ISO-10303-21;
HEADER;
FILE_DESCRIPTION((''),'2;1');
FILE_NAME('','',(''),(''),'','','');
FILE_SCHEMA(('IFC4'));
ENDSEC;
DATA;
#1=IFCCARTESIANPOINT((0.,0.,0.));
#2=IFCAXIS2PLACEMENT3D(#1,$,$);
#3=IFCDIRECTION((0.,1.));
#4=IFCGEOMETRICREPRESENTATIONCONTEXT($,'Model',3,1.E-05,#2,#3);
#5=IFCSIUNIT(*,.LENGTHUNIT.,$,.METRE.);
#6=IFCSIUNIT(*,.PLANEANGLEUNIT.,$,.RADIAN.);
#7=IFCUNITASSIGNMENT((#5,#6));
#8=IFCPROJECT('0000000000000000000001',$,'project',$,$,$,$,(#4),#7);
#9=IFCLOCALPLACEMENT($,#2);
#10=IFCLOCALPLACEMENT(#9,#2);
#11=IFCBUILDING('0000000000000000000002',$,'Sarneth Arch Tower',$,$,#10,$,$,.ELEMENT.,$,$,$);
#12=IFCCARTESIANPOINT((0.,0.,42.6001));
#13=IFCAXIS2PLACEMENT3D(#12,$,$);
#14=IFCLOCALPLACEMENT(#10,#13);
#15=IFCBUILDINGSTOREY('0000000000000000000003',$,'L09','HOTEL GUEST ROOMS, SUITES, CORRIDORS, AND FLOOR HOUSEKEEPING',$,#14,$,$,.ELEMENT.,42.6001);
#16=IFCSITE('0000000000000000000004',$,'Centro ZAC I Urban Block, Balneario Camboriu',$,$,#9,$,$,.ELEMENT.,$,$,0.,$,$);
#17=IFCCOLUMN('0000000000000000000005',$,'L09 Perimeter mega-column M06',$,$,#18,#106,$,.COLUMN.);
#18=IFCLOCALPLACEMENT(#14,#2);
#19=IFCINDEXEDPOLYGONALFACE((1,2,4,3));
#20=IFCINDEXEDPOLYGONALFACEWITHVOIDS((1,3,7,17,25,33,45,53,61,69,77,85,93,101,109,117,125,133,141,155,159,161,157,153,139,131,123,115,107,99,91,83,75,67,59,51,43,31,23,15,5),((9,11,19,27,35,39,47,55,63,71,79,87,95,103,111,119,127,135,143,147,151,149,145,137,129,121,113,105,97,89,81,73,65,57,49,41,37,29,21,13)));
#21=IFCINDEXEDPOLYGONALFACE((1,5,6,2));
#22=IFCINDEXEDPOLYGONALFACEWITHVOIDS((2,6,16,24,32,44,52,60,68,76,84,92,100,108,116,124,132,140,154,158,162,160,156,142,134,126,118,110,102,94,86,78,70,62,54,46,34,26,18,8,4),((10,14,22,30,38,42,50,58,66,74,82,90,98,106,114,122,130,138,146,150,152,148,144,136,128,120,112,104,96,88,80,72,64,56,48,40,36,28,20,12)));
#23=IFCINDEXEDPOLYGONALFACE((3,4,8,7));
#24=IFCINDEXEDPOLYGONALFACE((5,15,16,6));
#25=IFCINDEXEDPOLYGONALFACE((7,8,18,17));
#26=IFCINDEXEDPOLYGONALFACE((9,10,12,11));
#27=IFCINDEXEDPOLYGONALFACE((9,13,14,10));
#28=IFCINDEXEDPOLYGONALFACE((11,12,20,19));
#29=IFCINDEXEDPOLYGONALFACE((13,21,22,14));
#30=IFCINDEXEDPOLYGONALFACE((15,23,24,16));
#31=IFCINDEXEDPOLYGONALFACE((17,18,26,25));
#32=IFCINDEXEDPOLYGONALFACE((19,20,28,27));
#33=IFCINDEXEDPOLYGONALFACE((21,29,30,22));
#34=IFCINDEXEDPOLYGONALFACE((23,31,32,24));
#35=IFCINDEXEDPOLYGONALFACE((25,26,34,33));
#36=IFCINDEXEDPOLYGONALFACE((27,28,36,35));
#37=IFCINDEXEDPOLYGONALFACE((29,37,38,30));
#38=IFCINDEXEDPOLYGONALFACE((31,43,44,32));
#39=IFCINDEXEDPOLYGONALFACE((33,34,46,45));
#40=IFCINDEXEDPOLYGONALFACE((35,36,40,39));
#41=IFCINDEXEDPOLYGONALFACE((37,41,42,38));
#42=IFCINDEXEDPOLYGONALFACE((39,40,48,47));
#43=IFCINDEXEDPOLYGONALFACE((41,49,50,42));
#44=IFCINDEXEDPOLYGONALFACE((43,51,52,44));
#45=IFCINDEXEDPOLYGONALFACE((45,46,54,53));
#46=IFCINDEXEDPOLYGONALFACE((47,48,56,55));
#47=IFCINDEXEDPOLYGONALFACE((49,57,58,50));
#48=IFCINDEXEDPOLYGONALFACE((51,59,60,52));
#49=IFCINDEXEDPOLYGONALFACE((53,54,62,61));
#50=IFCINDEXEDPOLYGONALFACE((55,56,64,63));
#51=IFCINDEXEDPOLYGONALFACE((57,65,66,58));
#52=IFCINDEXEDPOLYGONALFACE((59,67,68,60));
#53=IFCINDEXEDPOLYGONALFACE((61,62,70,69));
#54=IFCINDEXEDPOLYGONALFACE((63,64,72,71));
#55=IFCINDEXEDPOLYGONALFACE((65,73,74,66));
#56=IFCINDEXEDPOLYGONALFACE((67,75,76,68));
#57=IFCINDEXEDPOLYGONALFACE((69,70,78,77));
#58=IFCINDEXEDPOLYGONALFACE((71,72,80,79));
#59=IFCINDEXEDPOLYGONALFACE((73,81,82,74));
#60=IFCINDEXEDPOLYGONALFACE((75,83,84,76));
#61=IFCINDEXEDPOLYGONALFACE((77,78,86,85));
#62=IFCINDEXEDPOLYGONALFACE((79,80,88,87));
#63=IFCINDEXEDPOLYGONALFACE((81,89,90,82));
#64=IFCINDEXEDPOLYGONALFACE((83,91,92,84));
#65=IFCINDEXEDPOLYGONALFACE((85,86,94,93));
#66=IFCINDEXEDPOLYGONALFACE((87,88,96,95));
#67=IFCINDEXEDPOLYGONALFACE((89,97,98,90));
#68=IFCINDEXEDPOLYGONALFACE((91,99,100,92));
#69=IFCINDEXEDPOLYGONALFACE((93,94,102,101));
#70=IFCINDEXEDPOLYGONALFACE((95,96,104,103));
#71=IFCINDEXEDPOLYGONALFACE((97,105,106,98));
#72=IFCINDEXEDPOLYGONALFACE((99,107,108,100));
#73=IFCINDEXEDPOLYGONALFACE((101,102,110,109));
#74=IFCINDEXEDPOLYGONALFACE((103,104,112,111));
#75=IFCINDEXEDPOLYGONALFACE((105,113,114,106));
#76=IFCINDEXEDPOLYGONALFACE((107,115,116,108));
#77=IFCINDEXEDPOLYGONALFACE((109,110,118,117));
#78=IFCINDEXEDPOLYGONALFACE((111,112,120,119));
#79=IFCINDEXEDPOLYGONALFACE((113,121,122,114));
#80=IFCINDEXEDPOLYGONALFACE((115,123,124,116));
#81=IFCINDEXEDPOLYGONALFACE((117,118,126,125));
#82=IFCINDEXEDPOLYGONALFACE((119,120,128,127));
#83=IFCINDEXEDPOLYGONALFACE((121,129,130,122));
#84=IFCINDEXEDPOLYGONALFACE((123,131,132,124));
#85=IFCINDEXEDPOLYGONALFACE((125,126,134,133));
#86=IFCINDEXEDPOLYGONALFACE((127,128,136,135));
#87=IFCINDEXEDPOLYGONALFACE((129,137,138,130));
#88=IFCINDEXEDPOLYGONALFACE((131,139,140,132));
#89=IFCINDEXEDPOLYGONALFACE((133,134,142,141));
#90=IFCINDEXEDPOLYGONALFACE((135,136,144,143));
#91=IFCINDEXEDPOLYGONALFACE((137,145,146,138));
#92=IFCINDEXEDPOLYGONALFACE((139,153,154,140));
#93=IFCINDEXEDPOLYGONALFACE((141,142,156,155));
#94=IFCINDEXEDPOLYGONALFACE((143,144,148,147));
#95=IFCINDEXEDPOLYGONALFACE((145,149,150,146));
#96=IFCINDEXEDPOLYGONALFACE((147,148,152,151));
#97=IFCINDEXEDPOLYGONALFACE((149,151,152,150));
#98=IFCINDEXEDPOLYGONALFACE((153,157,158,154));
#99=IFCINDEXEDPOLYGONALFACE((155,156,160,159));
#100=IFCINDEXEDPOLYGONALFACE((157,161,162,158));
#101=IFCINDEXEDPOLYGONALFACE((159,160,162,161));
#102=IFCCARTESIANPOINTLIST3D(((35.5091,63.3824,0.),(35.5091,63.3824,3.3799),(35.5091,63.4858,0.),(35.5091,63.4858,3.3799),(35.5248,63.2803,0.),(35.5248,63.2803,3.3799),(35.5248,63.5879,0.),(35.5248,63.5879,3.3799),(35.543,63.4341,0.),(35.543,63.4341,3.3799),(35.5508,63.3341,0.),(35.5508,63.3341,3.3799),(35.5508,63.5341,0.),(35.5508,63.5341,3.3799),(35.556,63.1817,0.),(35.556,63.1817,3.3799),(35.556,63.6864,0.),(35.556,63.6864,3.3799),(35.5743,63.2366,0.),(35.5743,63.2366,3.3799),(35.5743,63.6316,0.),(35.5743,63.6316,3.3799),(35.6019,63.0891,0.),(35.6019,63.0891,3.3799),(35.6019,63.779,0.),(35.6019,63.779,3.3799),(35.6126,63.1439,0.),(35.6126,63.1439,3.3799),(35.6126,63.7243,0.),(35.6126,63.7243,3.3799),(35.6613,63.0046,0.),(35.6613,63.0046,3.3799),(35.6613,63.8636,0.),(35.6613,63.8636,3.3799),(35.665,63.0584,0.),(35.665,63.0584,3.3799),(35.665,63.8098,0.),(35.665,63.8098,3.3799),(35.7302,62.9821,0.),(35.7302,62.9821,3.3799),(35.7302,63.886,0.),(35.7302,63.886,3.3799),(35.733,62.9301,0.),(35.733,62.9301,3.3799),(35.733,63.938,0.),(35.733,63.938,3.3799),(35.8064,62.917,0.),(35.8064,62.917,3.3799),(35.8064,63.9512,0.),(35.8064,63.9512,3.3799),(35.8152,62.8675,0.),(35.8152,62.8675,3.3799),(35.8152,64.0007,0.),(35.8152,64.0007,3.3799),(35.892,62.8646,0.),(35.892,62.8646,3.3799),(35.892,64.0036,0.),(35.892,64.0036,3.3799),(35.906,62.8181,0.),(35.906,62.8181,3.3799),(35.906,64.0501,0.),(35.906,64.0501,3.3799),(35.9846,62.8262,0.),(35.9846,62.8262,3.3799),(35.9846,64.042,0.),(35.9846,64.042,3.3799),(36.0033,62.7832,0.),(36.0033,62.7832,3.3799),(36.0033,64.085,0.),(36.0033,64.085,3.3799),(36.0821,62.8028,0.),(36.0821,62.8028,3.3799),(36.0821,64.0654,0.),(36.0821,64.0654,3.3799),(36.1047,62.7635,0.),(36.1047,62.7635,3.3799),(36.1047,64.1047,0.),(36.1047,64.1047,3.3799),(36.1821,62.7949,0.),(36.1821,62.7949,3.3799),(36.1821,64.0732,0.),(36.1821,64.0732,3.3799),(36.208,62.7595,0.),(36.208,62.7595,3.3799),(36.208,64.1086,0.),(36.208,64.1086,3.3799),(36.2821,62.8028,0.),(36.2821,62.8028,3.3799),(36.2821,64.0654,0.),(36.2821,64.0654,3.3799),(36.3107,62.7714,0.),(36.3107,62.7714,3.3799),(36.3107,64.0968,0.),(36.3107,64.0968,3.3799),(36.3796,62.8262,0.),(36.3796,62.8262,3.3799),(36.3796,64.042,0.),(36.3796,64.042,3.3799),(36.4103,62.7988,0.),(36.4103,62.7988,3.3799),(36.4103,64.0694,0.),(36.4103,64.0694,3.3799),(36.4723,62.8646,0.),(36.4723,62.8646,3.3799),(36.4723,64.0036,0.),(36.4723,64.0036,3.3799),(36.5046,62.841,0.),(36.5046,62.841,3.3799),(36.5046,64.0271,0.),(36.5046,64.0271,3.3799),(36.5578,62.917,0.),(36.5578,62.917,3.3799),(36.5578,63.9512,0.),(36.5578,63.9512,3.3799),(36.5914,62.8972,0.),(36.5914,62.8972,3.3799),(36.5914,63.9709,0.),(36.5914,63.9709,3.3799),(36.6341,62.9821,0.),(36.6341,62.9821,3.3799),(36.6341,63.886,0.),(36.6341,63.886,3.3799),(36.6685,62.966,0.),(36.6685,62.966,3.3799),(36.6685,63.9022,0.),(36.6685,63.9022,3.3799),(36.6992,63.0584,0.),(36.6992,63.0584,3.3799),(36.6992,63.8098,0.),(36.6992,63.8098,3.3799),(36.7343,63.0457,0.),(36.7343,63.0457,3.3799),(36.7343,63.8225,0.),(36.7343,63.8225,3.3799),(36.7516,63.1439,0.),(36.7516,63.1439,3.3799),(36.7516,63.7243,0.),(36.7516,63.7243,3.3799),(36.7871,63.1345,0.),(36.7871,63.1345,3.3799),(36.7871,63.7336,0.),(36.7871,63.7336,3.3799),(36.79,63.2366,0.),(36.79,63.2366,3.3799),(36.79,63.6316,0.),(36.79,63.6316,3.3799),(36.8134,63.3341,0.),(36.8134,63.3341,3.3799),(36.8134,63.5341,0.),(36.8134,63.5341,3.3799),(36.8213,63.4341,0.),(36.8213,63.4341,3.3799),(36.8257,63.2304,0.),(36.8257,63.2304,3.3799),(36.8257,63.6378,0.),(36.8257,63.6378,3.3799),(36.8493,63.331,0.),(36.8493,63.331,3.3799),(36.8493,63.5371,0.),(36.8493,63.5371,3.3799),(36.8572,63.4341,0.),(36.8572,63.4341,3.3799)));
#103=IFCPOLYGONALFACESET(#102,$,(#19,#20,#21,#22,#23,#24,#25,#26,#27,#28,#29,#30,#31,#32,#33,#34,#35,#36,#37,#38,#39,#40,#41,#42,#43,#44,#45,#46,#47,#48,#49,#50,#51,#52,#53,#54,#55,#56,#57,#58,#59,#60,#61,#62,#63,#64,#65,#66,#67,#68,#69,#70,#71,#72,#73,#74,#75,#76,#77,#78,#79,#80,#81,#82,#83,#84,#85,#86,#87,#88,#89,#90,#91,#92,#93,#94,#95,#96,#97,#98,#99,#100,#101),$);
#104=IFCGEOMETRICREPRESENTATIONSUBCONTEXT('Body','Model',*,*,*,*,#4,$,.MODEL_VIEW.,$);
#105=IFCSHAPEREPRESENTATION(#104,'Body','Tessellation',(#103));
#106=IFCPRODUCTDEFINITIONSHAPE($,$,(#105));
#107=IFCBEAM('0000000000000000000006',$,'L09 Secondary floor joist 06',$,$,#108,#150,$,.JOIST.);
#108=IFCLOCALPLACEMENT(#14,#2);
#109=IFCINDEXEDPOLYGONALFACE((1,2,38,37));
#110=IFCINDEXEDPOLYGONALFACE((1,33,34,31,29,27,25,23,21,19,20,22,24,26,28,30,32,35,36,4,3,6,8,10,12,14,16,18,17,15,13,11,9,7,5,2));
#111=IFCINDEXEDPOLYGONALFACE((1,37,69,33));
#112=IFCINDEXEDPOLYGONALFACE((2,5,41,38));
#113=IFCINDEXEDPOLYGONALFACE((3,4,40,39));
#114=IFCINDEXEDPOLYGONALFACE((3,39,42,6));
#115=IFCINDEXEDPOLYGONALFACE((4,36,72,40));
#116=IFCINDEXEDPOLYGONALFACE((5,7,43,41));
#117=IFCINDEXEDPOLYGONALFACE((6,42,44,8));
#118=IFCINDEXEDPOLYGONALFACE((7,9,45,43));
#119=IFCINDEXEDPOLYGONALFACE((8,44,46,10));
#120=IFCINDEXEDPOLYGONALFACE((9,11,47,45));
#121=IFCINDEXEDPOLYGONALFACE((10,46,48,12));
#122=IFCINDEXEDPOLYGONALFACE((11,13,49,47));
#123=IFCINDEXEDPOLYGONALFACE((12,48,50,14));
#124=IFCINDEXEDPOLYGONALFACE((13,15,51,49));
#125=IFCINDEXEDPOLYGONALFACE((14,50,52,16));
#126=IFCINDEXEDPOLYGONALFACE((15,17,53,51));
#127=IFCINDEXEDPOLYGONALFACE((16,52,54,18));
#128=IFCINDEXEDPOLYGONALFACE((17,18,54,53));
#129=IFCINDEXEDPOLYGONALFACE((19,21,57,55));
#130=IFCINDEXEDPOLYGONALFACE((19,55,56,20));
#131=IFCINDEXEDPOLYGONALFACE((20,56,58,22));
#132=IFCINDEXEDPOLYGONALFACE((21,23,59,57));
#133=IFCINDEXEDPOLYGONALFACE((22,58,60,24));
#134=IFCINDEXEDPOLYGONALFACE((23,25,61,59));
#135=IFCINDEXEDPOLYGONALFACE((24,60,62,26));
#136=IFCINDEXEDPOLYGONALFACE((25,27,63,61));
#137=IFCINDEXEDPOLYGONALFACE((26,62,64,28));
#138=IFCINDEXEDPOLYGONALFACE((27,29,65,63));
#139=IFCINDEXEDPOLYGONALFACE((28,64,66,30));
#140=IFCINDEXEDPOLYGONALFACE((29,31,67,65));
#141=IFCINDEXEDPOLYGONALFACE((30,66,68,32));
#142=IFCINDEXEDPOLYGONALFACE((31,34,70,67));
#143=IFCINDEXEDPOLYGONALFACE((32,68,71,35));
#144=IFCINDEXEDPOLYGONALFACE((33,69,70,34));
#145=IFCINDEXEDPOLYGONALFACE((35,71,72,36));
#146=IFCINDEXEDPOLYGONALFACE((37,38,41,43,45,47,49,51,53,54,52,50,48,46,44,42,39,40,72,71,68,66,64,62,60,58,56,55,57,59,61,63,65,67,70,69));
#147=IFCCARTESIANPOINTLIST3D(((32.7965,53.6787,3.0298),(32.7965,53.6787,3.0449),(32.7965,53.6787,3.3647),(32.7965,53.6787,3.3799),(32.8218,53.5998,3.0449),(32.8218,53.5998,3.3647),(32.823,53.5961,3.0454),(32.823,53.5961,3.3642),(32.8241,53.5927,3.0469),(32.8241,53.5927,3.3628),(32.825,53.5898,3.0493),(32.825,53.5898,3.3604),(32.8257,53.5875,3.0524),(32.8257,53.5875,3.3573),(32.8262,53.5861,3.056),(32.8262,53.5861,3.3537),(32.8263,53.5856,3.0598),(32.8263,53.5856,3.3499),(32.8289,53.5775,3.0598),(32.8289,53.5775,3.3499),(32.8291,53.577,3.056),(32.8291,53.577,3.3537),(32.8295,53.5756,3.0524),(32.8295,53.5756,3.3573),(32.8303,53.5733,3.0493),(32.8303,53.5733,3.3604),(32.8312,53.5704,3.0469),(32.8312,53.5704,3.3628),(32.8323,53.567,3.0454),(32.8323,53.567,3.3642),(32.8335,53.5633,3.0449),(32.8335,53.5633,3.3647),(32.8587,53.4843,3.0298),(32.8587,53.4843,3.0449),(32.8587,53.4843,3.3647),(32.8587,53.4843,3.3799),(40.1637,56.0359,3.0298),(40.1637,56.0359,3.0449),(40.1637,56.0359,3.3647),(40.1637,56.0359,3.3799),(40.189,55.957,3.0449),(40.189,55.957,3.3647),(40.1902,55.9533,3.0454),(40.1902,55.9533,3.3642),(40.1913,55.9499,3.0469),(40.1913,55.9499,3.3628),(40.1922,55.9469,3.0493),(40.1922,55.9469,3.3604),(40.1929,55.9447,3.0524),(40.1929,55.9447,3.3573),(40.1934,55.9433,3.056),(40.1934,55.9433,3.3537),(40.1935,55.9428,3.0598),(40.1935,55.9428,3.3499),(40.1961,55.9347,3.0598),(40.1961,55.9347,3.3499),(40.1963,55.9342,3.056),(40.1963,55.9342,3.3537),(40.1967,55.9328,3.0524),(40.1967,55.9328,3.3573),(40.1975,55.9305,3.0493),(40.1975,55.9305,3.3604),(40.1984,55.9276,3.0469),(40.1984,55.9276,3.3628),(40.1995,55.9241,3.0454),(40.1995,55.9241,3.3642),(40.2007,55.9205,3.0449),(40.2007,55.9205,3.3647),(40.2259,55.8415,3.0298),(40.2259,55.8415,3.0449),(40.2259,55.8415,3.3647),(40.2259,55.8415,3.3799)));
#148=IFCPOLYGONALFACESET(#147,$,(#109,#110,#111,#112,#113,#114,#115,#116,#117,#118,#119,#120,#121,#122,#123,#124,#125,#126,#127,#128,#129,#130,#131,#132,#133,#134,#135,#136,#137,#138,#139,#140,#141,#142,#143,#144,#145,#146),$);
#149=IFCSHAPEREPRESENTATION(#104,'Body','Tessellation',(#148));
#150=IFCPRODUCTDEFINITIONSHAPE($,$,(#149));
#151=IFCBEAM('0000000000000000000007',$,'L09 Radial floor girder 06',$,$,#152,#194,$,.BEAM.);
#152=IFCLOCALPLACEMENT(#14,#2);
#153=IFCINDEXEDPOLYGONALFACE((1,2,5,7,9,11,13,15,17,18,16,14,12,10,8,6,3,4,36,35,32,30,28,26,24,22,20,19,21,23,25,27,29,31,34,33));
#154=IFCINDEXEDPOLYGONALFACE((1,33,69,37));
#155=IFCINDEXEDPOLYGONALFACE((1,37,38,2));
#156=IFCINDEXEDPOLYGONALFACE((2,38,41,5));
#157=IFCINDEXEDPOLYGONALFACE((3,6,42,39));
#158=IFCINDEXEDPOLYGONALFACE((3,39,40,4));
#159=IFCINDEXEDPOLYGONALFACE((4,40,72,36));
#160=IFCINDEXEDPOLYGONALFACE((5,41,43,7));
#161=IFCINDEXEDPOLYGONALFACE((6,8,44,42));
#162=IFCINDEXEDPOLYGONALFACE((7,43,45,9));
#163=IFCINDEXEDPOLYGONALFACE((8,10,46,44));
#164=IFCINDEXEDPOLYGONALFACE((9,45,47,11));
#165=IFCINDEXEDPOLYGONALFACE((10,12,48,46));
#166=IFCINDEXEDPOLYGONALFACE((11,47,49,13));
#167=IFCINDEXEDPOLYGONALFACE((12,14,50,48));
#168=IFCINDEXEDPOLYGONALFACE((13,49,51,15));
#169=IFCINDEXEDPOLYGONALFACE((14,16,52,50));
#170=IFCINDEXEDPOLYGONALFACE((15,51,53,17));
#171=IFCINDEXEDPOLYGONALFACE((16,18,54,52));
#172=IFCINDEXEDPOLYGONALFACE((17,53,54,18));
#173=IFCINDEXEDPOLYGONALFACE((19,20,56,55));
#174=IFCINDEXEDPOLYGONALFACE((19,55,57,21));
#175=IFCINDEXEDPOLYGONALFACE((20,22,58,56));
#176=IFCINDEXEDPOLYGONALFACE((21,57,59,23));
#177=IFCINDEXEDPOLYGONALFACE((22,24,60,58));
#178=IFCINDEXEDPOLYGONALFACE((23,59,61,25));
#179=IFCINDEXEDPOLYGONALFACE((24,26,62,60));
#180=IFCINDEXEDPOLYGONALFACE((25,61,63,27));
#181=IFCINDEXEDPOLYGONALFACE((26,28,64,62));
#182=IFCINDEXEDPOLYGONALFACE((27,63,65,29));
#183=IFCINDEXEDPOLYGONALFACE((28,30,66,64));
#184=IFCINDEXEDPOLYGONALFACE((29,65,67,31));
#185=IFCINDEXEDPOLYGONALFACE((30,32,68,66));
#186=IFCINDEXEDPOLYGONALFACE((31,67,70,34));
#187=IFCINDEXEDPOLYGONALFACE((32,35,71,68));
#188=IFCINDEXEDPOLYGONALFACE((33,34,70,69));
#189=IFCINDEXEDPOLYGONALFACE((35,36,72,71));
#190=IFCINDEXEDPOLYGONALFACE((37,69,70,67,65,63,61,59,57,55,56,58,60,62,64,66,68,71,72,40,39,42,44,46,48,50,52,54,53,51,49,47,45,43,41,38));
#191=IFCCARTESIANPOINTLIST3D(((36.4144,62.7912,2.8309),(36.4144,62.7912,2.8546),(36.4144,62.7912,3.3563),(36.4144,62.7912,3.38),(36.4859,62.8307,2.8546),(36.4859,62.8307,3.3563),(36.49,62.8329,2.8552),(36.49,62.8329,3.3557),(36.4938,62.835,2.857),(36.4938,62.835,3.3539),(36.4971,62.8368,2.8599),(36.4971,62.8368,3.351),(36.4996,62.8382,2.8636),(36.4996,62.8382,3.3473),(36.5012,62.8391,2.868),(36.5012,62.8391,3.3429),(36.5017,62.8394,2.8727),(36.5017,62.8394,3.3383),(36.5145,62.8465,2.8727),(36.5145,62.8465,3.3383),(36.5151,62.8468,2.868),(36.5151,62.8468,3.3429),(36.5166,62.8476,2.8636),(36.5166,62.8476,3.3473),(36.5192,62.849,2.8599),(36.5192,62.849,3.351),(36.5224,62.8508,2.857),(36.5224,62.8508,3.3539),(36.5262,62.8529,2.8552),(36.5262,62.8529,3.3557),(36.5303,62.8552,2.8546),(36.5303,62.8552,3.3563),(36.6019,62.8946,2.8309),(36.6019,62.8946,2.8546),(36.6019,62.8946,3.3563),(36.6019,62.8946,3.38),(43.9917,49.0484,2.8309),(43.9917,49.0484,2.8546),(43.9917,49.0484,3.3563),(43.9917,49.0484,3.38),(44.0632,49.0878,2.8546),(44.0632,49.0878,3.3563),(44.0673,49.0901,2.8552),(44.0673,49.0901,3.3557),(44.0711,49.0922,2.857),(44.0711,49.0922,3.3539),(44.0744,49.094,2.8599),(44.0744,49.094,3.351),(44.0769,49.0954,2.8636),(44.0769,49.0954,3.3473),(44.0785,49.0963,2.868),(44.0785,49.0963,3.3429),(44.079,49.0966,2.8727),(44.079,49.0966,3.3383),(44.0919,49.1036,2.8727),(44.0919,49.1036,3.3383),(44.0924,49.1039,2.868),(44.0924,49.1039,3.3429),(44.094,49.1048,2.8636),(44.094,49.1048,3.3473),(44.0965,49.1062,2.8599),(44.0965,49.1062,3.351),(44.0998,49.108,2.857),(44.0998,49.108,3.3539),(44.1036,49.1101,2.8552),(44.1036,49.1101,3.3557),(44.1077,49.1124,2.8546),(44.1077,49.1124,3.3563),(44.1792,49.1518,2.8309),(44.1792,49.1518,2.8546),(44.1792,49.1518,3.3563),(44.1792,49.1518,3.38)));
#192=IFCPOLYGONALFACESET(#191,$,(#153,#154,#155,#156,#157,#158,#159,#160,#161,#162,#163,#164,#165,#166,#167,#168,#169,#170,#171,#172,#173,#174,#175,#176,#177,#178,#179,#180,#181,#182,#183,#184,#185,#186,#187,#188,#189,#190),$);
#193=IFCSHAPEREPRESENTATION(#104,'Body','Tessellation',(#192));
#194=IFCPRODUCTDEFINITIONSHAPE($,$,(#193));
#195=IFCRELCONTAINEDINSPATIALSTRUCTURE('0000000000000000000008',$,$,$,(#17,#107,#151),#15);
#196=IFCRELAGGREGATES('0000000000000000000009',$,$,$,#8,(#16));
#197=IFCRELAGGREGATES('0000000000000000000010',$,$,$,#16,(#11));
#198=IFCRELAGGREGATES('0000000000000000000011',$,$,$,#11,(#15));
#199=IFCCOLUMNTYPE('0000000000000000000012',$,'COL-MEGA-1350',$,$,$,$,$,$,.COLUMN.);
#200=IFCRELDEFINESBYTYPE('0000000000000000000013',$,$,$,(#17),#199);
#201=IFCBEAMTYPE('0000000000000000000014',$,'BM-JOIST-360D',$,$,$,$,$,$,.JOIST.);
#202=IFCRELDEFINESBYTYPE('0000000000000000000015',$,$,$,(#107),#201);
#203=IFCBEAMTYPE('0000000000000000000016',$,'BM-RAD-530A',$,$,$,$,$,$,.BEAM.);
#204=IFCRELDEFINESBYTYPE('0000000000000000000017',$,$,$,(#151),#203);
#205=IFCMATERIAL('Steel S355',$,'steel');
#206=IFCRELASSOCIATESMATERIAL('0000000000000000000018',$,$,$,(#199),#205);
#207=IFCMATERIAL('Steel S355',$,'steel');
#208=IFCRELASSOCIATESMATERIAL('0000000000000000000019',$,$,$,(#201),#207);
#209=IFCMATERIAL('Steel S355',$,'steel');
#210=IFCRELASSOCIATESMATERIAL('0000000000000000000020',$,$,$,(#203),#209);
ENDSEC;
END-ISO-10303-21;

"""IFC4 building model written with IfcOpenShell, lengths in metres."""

from ifc_helpers import new_model, si_unit, direction, frame, origin, origin_2d, place, context, subcontext, project, spatial, hollow_circle, i_section, extrude, material, material_profile, profile_set, type_object, element, save


model = new_model("IFC4")

# Units and contexts
model_context = context("Model", 3, precision=1e-05, world=origin(), true_north=direction((0.0, 1.0)))
body_context = subcontext(model_context, "Body", "Model", "MODEL_VIEW")
ifc_project = project(units=[si_unit("LENGTHUNIT", "METRE"), si_unit("PLANEANGLEUNIT", "RADIAN")], contexts=[model_context])

# Site, building, storey
site_placement = place(None, origin())
site = spatial("IfcSite", under=ifc_project, at=site_placement, Name="Centro ZAC I Urban Block, Balneario Camboriu", CompositionType="ELEMENT", RefElevation=0.0)
building_placement = place(site_placement, origin())
building = spatial("IfcBuilding", under=site, at=building_placement, Name="Sarneth Arch Tower", CompositionType="ELEMENT")
storey_placement = place(building_placement, frame((0.0, 0.0, 42.6001)))
storey = spatial("IfcBuildingStorey", under=building, at=storey_placement, Name="L09", Description="HOTEL GUEST ROOMS, SUITES, CORRIDORS, AND FLOOR HOUSEKEEPING", CompositionType="ELEMENT", Elevation=42.6001)

# Column
ifc_material_1 = material(Name="Steel S355", Category="steel")
ifc_material_profile_1 = material_profile(ifc_material_1, hollow_circle(Radius=0.675, WallThickness=0.0359, at=origin_2d()), Name="CHS1350x36")
ifc_profile_set_1 = profile_set([ifc_material_profile_1], Name="Steel S355")
column_type = type_object("IfcColumnType", Name="COL-MEGA-1350", PredefinedType="COLUMN", material=ifc_profile_set_1)
column_placement = place(storey_placement, frame((36.1821, 63.4341, 0.0), z_axis=(0.0, 0.0, 1.0), x_axis=(1.0, 0.0, 0.0)))
element("IfcColumn", 1, at=column_placement, inside=storey, type_object=column_type, Name="L09 Perimeter mega-column M06", PredefinedType="COLUMN", context=body_context, shape_type="SweptSolid", body=[
    extrude(hollow_circle(Radius=0.675, WallThickness=0.0359, at=origin_2d()), origin(), (0.0, 0.0, 1.0), 3.3799),
])

# Beams
ifc_material_2 = material(Name="Steel S355", Category="steel")
ifc_material_profile_2 = material_profile(ifc_material_2, i_section(OverallWidth=0.2041, OverallDepth=0.3501, WebThickness=0.0085, FlangeThickness=0.0151, FilletRadius=0.0149, at=origin_2d()), Name="W360x72")
ifc_profile_set_2 = profile_set([ifc_material_profile_2], Name="Steel S355")
beam_type_1 = type_object("IfcBeamType", Name="BM-JOIST-360D", PredefinedType="JOIST", material=ifc_profile_set_2)
beam_1_placement = place(storey_placement, frame((40.1948, 55.9387, 3.2048), z_axis=(-0.952436, -0.304738, 0.0), x_axis=(0.304738, -0.952436, 0.0)))
element("IfcBeam", 2, at=beam_1_placement, inside=storey, type_object=beam_type_1, Name="L09 Secondary floor joist 06", PredefinedType="JOIST", context=body_context, shape_type="SweptSolid", body=[
    extrude(i_section(OverallWidth=0.2041, OverallDepth=0.3501, WebThickness=0.0085, FlangeThickness=0.0151, FilletRadius=0.0149, at=origin_2d()), origin(), (0.0, 0.0, 1.0), 7.7351),
])
ifc_material_3 = material(Name="Steel S355", Category="steel")
ifc_material_profile_3 = material_profile(ifc_material_3, i_section(OverallWidth=0.2141, OverallDepth=0.5491, WebThickness=0.0146, FlangeThickness=0.0237, FilletRadius=0.0181, at=origin_2d()), Name="W530x138")
ifc_profile_set_3 = profile_set([ifc_material_profile_3], Name="Steel S355")
beam_type_2 = type_object("IfcBeamType", Name="BM-RAD-530A", PredefinedType="BEAM", material=ifc_profile_set_3)
beam_2_placement = place(storey_placement, frame((44.0854, 49.1001, 3.1055), z_axis=(-0.482838, 0.87571, 0.0), x_axis=(-0.87571, -0.482838, 0.0)))
element("IfcBeam", 3, at=beam_2_placement, inside=storey, type_object=beam_type_2, Name="L09 Radial floor girder 06", PredefinedType="BEAM", context=body_context, shape_type="SweptSolid", body=[
    extrude(i_section(OverallWidth=0.2141, OverallDepth=0.5491, WebThickness=0.0146, FlangeThickness=0.0237, FilletRadius=0.0181, at=origin_2d()), origin(), (0.0, 0.0, 1.0), 15.6934),
])

save(model, "model.ifc")
